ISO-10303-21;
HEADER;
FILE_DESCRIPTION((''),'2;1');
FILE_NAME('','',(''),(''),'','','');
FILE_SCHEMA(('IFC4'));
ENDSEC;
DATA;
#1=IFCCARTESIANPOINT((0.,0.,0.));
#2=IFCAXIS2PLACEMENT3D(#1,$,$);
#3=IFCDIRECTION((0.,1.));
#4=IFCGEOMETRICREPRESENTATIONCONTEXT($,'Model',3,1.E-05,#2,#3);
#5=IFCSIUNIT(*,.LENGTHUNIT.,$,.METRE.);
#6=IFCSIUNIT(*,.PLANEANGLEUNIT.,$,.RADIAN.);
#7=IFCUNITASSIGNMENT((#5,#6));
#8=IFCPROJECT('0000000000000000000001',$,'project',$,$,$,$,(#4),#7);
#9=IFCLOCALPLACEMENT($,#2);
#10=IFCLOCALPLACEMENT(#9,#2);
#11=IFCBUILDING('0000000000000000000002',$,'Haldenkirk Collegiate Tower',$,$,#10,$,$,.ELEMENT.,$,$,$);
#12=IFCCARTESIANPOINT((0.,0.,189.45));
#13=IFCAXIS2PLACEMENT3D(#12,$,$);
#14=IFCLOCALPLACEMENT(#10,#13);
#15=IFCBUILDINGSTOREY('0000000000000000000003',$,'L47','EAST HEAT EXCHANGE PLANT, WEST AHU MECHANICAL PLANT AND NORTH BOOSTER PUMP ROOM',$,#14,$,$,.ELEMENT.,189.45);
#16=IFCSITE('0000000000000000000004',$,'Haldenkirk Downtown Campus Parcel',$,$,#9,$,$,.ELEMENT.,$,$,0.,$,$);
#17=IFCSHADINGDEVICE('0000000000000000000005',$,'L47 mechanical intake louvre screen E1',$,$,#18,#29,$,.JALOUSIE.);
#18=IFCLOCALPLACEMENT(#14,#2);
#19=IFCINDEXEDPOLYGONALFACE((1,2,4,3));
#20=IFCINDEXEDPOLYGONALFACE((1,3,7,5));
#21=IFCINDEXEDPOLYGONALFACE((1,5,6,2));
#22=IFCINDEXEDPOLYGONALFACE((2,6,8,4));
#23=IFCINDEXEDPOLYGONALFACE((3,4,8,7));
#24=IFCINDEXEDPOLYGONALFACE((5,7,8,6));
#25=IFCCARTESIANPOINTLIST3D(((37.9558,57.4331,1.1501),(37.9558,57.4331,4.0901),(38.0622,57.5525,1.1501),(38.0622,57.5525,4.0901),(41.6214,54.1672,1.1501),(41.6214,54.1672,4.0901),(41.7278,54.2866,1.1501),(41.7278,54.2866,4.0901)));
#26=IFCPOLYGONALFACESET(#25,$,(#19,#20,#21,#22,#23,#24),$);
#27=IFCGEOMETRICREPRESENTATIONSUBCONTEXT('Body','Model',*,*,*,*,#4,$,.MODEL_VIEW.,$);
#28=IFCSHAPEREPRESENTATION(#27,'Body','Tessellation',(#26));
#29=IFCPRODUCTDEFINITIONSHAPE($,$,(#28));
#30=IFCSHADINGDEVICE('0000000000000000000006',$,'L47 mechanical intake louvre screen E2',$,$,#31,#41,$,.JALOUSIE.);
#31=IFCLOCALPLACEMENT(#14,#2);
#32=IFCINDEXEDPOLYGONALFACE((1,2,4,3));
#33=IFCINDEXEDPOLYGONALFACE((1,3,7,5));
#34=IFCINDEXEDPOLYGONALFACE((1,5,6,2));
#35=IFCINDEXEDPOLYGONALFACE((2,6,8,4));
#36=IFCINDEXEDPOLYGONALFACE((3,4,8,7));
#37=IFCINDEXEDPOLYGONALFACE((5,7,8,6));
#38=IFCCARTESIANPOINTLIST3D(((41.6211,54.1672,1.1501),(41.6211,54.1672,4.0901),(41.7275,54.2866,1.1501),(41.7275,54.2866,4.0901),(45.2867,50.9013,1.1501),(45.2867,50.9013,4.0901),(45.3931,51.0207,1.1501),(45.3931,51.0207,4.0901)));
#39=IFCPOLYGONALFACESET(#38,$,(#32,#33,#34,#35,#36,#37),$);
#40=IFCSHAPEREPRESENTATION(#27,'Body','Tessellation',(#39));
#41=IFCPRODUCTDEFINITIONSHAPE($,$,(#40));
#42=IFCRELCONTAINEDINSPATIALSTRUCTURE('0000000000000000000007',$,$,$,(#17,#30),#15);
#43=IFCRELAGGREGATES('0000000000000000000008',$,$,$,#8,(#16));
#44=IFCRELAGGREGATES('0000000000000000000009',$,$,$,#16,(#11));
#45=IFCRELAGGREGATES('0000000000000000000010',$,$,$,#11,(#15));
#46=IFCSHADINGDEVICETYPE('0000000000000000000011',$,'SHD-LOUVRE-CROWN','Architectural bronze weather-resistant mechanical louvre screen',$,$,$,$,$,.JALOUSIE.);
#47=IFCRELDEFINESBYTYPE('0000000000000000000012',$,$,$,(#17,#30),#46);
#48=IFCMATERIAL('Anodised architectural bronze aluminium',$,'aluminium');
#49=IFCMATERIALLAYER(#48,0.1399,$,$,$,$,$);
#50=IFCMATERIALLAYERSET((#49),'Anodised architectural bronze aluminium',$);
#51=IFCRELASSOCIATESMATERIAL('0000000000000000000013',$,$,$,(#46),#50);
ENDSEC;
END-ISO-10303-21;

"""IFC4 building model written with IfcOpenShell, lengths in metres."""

from ifc_helpers import new_model, si_unit, direction, frame, origin, origin_2d, place, context, subcontext, project, spatial, rectangle, extrude, source, transform, mapped, material, layer, layer_set, type_object, element, save


model = new_model("IFC4")

# Units and contexts
model_context = context("Model", 3, precision=1e-05, world=origin(), true_north=direction((0.0, 1.0)))
body_context = subcontext(model_context, "Body", "Model", "MODEL_VIEW")
ifc_project = project(units=[si_unit("LENGTHUNIT", "METRE"), si_unit("PLANEANGLEUNIT", "RADIAN")], contexts=[model_context])

# Site, building, storey
site_placement = place(None, origin())
site = spatial("IfcSite", under=ifc_project, at=site_placement, Name="Haldenkirk Downtown Campus Parcel", CompositionType="ELEMENT", RefElevation=0.0)
building_placement = place(site_placement, origin())
building = spatial("IfcBuilding", under=site, at=building_placement, Name="Haldenkirk Collegiate Tower", CompositionType="ELEMENT")
storey_placement = place(building_placement, frame((0.0, 0.0, 189.45)))
storey = spatial("IfcBuildingStorey", under=building, at=storey_placement, Name="L47", Description="EAST HEAT EXCHANGE PLANT, WEST AHU MECHANICAL PLANT AND NORTH BOOSTER PUMP ROOM", CompositionType="ELEMENT", Elevation=189.45)

# Shading devices
ifc_material_1 = material(Name="Anodised architectural bronze aluminium", Category="aluminium")
ifc_layer_1 = layer(ifc_material_1, 0.1399)
ifc_layer_set_1 = layer_set([ifc_layer_1], Name="Anodised architectural bronze aluminium")
shading_device_type = type_object("IfcShadingDeviceType", Name="SHD-LOUVRE-CROWN", Description="Architectural bronze weather-resistant mechanical louvre screen", PredefinedType="JALOUSIE", material=ifc_layer_set_1)
shared_shape_1 = source(origin(), body_context, "Body", "SweptSolid", [
    extrude(rectangle(XDim=4.9094, YDim=0.1599, at=origin_2d()), origin(), (0.0, 0.0, 1.0), 2.9399),
])
for number, where, z_axis, x_axis, name in (
    (1, (39.8418, 55.8599, 1.1501), (0.0, 0.0, 1.0), (0.746638, -0.66523, 0.0), "L47 mechanical intake louvre screen E1"),
    (2, (43.5071, 52.594, 1.1501), (0.0, 0.0, 1.0), (0.746638, -0.66523, 0.0), "L47 mechanical intake louvre screen E2"),
):
    element("IfcShadingDevice", number, at=place(storey_placement, frame(where, z_axis=z_axis, x_axis=x_axis)), inside=storey, type_object=shading_device_type, Name=name, PredefinedType="JALOUSIE", context=body_context, shape_type="MappedRepresentation", body=[
        mapped(shared_shape_1, transform((0.0, 0.0, 0.0), x_axis=(1.0, 0.0, 0.0), y_axis=(0.0, 1.0, 0.0), z_axis=(0.0, 0.0, 1.0), scale=1.0)),
    ])

save(model, "model.ifc")
